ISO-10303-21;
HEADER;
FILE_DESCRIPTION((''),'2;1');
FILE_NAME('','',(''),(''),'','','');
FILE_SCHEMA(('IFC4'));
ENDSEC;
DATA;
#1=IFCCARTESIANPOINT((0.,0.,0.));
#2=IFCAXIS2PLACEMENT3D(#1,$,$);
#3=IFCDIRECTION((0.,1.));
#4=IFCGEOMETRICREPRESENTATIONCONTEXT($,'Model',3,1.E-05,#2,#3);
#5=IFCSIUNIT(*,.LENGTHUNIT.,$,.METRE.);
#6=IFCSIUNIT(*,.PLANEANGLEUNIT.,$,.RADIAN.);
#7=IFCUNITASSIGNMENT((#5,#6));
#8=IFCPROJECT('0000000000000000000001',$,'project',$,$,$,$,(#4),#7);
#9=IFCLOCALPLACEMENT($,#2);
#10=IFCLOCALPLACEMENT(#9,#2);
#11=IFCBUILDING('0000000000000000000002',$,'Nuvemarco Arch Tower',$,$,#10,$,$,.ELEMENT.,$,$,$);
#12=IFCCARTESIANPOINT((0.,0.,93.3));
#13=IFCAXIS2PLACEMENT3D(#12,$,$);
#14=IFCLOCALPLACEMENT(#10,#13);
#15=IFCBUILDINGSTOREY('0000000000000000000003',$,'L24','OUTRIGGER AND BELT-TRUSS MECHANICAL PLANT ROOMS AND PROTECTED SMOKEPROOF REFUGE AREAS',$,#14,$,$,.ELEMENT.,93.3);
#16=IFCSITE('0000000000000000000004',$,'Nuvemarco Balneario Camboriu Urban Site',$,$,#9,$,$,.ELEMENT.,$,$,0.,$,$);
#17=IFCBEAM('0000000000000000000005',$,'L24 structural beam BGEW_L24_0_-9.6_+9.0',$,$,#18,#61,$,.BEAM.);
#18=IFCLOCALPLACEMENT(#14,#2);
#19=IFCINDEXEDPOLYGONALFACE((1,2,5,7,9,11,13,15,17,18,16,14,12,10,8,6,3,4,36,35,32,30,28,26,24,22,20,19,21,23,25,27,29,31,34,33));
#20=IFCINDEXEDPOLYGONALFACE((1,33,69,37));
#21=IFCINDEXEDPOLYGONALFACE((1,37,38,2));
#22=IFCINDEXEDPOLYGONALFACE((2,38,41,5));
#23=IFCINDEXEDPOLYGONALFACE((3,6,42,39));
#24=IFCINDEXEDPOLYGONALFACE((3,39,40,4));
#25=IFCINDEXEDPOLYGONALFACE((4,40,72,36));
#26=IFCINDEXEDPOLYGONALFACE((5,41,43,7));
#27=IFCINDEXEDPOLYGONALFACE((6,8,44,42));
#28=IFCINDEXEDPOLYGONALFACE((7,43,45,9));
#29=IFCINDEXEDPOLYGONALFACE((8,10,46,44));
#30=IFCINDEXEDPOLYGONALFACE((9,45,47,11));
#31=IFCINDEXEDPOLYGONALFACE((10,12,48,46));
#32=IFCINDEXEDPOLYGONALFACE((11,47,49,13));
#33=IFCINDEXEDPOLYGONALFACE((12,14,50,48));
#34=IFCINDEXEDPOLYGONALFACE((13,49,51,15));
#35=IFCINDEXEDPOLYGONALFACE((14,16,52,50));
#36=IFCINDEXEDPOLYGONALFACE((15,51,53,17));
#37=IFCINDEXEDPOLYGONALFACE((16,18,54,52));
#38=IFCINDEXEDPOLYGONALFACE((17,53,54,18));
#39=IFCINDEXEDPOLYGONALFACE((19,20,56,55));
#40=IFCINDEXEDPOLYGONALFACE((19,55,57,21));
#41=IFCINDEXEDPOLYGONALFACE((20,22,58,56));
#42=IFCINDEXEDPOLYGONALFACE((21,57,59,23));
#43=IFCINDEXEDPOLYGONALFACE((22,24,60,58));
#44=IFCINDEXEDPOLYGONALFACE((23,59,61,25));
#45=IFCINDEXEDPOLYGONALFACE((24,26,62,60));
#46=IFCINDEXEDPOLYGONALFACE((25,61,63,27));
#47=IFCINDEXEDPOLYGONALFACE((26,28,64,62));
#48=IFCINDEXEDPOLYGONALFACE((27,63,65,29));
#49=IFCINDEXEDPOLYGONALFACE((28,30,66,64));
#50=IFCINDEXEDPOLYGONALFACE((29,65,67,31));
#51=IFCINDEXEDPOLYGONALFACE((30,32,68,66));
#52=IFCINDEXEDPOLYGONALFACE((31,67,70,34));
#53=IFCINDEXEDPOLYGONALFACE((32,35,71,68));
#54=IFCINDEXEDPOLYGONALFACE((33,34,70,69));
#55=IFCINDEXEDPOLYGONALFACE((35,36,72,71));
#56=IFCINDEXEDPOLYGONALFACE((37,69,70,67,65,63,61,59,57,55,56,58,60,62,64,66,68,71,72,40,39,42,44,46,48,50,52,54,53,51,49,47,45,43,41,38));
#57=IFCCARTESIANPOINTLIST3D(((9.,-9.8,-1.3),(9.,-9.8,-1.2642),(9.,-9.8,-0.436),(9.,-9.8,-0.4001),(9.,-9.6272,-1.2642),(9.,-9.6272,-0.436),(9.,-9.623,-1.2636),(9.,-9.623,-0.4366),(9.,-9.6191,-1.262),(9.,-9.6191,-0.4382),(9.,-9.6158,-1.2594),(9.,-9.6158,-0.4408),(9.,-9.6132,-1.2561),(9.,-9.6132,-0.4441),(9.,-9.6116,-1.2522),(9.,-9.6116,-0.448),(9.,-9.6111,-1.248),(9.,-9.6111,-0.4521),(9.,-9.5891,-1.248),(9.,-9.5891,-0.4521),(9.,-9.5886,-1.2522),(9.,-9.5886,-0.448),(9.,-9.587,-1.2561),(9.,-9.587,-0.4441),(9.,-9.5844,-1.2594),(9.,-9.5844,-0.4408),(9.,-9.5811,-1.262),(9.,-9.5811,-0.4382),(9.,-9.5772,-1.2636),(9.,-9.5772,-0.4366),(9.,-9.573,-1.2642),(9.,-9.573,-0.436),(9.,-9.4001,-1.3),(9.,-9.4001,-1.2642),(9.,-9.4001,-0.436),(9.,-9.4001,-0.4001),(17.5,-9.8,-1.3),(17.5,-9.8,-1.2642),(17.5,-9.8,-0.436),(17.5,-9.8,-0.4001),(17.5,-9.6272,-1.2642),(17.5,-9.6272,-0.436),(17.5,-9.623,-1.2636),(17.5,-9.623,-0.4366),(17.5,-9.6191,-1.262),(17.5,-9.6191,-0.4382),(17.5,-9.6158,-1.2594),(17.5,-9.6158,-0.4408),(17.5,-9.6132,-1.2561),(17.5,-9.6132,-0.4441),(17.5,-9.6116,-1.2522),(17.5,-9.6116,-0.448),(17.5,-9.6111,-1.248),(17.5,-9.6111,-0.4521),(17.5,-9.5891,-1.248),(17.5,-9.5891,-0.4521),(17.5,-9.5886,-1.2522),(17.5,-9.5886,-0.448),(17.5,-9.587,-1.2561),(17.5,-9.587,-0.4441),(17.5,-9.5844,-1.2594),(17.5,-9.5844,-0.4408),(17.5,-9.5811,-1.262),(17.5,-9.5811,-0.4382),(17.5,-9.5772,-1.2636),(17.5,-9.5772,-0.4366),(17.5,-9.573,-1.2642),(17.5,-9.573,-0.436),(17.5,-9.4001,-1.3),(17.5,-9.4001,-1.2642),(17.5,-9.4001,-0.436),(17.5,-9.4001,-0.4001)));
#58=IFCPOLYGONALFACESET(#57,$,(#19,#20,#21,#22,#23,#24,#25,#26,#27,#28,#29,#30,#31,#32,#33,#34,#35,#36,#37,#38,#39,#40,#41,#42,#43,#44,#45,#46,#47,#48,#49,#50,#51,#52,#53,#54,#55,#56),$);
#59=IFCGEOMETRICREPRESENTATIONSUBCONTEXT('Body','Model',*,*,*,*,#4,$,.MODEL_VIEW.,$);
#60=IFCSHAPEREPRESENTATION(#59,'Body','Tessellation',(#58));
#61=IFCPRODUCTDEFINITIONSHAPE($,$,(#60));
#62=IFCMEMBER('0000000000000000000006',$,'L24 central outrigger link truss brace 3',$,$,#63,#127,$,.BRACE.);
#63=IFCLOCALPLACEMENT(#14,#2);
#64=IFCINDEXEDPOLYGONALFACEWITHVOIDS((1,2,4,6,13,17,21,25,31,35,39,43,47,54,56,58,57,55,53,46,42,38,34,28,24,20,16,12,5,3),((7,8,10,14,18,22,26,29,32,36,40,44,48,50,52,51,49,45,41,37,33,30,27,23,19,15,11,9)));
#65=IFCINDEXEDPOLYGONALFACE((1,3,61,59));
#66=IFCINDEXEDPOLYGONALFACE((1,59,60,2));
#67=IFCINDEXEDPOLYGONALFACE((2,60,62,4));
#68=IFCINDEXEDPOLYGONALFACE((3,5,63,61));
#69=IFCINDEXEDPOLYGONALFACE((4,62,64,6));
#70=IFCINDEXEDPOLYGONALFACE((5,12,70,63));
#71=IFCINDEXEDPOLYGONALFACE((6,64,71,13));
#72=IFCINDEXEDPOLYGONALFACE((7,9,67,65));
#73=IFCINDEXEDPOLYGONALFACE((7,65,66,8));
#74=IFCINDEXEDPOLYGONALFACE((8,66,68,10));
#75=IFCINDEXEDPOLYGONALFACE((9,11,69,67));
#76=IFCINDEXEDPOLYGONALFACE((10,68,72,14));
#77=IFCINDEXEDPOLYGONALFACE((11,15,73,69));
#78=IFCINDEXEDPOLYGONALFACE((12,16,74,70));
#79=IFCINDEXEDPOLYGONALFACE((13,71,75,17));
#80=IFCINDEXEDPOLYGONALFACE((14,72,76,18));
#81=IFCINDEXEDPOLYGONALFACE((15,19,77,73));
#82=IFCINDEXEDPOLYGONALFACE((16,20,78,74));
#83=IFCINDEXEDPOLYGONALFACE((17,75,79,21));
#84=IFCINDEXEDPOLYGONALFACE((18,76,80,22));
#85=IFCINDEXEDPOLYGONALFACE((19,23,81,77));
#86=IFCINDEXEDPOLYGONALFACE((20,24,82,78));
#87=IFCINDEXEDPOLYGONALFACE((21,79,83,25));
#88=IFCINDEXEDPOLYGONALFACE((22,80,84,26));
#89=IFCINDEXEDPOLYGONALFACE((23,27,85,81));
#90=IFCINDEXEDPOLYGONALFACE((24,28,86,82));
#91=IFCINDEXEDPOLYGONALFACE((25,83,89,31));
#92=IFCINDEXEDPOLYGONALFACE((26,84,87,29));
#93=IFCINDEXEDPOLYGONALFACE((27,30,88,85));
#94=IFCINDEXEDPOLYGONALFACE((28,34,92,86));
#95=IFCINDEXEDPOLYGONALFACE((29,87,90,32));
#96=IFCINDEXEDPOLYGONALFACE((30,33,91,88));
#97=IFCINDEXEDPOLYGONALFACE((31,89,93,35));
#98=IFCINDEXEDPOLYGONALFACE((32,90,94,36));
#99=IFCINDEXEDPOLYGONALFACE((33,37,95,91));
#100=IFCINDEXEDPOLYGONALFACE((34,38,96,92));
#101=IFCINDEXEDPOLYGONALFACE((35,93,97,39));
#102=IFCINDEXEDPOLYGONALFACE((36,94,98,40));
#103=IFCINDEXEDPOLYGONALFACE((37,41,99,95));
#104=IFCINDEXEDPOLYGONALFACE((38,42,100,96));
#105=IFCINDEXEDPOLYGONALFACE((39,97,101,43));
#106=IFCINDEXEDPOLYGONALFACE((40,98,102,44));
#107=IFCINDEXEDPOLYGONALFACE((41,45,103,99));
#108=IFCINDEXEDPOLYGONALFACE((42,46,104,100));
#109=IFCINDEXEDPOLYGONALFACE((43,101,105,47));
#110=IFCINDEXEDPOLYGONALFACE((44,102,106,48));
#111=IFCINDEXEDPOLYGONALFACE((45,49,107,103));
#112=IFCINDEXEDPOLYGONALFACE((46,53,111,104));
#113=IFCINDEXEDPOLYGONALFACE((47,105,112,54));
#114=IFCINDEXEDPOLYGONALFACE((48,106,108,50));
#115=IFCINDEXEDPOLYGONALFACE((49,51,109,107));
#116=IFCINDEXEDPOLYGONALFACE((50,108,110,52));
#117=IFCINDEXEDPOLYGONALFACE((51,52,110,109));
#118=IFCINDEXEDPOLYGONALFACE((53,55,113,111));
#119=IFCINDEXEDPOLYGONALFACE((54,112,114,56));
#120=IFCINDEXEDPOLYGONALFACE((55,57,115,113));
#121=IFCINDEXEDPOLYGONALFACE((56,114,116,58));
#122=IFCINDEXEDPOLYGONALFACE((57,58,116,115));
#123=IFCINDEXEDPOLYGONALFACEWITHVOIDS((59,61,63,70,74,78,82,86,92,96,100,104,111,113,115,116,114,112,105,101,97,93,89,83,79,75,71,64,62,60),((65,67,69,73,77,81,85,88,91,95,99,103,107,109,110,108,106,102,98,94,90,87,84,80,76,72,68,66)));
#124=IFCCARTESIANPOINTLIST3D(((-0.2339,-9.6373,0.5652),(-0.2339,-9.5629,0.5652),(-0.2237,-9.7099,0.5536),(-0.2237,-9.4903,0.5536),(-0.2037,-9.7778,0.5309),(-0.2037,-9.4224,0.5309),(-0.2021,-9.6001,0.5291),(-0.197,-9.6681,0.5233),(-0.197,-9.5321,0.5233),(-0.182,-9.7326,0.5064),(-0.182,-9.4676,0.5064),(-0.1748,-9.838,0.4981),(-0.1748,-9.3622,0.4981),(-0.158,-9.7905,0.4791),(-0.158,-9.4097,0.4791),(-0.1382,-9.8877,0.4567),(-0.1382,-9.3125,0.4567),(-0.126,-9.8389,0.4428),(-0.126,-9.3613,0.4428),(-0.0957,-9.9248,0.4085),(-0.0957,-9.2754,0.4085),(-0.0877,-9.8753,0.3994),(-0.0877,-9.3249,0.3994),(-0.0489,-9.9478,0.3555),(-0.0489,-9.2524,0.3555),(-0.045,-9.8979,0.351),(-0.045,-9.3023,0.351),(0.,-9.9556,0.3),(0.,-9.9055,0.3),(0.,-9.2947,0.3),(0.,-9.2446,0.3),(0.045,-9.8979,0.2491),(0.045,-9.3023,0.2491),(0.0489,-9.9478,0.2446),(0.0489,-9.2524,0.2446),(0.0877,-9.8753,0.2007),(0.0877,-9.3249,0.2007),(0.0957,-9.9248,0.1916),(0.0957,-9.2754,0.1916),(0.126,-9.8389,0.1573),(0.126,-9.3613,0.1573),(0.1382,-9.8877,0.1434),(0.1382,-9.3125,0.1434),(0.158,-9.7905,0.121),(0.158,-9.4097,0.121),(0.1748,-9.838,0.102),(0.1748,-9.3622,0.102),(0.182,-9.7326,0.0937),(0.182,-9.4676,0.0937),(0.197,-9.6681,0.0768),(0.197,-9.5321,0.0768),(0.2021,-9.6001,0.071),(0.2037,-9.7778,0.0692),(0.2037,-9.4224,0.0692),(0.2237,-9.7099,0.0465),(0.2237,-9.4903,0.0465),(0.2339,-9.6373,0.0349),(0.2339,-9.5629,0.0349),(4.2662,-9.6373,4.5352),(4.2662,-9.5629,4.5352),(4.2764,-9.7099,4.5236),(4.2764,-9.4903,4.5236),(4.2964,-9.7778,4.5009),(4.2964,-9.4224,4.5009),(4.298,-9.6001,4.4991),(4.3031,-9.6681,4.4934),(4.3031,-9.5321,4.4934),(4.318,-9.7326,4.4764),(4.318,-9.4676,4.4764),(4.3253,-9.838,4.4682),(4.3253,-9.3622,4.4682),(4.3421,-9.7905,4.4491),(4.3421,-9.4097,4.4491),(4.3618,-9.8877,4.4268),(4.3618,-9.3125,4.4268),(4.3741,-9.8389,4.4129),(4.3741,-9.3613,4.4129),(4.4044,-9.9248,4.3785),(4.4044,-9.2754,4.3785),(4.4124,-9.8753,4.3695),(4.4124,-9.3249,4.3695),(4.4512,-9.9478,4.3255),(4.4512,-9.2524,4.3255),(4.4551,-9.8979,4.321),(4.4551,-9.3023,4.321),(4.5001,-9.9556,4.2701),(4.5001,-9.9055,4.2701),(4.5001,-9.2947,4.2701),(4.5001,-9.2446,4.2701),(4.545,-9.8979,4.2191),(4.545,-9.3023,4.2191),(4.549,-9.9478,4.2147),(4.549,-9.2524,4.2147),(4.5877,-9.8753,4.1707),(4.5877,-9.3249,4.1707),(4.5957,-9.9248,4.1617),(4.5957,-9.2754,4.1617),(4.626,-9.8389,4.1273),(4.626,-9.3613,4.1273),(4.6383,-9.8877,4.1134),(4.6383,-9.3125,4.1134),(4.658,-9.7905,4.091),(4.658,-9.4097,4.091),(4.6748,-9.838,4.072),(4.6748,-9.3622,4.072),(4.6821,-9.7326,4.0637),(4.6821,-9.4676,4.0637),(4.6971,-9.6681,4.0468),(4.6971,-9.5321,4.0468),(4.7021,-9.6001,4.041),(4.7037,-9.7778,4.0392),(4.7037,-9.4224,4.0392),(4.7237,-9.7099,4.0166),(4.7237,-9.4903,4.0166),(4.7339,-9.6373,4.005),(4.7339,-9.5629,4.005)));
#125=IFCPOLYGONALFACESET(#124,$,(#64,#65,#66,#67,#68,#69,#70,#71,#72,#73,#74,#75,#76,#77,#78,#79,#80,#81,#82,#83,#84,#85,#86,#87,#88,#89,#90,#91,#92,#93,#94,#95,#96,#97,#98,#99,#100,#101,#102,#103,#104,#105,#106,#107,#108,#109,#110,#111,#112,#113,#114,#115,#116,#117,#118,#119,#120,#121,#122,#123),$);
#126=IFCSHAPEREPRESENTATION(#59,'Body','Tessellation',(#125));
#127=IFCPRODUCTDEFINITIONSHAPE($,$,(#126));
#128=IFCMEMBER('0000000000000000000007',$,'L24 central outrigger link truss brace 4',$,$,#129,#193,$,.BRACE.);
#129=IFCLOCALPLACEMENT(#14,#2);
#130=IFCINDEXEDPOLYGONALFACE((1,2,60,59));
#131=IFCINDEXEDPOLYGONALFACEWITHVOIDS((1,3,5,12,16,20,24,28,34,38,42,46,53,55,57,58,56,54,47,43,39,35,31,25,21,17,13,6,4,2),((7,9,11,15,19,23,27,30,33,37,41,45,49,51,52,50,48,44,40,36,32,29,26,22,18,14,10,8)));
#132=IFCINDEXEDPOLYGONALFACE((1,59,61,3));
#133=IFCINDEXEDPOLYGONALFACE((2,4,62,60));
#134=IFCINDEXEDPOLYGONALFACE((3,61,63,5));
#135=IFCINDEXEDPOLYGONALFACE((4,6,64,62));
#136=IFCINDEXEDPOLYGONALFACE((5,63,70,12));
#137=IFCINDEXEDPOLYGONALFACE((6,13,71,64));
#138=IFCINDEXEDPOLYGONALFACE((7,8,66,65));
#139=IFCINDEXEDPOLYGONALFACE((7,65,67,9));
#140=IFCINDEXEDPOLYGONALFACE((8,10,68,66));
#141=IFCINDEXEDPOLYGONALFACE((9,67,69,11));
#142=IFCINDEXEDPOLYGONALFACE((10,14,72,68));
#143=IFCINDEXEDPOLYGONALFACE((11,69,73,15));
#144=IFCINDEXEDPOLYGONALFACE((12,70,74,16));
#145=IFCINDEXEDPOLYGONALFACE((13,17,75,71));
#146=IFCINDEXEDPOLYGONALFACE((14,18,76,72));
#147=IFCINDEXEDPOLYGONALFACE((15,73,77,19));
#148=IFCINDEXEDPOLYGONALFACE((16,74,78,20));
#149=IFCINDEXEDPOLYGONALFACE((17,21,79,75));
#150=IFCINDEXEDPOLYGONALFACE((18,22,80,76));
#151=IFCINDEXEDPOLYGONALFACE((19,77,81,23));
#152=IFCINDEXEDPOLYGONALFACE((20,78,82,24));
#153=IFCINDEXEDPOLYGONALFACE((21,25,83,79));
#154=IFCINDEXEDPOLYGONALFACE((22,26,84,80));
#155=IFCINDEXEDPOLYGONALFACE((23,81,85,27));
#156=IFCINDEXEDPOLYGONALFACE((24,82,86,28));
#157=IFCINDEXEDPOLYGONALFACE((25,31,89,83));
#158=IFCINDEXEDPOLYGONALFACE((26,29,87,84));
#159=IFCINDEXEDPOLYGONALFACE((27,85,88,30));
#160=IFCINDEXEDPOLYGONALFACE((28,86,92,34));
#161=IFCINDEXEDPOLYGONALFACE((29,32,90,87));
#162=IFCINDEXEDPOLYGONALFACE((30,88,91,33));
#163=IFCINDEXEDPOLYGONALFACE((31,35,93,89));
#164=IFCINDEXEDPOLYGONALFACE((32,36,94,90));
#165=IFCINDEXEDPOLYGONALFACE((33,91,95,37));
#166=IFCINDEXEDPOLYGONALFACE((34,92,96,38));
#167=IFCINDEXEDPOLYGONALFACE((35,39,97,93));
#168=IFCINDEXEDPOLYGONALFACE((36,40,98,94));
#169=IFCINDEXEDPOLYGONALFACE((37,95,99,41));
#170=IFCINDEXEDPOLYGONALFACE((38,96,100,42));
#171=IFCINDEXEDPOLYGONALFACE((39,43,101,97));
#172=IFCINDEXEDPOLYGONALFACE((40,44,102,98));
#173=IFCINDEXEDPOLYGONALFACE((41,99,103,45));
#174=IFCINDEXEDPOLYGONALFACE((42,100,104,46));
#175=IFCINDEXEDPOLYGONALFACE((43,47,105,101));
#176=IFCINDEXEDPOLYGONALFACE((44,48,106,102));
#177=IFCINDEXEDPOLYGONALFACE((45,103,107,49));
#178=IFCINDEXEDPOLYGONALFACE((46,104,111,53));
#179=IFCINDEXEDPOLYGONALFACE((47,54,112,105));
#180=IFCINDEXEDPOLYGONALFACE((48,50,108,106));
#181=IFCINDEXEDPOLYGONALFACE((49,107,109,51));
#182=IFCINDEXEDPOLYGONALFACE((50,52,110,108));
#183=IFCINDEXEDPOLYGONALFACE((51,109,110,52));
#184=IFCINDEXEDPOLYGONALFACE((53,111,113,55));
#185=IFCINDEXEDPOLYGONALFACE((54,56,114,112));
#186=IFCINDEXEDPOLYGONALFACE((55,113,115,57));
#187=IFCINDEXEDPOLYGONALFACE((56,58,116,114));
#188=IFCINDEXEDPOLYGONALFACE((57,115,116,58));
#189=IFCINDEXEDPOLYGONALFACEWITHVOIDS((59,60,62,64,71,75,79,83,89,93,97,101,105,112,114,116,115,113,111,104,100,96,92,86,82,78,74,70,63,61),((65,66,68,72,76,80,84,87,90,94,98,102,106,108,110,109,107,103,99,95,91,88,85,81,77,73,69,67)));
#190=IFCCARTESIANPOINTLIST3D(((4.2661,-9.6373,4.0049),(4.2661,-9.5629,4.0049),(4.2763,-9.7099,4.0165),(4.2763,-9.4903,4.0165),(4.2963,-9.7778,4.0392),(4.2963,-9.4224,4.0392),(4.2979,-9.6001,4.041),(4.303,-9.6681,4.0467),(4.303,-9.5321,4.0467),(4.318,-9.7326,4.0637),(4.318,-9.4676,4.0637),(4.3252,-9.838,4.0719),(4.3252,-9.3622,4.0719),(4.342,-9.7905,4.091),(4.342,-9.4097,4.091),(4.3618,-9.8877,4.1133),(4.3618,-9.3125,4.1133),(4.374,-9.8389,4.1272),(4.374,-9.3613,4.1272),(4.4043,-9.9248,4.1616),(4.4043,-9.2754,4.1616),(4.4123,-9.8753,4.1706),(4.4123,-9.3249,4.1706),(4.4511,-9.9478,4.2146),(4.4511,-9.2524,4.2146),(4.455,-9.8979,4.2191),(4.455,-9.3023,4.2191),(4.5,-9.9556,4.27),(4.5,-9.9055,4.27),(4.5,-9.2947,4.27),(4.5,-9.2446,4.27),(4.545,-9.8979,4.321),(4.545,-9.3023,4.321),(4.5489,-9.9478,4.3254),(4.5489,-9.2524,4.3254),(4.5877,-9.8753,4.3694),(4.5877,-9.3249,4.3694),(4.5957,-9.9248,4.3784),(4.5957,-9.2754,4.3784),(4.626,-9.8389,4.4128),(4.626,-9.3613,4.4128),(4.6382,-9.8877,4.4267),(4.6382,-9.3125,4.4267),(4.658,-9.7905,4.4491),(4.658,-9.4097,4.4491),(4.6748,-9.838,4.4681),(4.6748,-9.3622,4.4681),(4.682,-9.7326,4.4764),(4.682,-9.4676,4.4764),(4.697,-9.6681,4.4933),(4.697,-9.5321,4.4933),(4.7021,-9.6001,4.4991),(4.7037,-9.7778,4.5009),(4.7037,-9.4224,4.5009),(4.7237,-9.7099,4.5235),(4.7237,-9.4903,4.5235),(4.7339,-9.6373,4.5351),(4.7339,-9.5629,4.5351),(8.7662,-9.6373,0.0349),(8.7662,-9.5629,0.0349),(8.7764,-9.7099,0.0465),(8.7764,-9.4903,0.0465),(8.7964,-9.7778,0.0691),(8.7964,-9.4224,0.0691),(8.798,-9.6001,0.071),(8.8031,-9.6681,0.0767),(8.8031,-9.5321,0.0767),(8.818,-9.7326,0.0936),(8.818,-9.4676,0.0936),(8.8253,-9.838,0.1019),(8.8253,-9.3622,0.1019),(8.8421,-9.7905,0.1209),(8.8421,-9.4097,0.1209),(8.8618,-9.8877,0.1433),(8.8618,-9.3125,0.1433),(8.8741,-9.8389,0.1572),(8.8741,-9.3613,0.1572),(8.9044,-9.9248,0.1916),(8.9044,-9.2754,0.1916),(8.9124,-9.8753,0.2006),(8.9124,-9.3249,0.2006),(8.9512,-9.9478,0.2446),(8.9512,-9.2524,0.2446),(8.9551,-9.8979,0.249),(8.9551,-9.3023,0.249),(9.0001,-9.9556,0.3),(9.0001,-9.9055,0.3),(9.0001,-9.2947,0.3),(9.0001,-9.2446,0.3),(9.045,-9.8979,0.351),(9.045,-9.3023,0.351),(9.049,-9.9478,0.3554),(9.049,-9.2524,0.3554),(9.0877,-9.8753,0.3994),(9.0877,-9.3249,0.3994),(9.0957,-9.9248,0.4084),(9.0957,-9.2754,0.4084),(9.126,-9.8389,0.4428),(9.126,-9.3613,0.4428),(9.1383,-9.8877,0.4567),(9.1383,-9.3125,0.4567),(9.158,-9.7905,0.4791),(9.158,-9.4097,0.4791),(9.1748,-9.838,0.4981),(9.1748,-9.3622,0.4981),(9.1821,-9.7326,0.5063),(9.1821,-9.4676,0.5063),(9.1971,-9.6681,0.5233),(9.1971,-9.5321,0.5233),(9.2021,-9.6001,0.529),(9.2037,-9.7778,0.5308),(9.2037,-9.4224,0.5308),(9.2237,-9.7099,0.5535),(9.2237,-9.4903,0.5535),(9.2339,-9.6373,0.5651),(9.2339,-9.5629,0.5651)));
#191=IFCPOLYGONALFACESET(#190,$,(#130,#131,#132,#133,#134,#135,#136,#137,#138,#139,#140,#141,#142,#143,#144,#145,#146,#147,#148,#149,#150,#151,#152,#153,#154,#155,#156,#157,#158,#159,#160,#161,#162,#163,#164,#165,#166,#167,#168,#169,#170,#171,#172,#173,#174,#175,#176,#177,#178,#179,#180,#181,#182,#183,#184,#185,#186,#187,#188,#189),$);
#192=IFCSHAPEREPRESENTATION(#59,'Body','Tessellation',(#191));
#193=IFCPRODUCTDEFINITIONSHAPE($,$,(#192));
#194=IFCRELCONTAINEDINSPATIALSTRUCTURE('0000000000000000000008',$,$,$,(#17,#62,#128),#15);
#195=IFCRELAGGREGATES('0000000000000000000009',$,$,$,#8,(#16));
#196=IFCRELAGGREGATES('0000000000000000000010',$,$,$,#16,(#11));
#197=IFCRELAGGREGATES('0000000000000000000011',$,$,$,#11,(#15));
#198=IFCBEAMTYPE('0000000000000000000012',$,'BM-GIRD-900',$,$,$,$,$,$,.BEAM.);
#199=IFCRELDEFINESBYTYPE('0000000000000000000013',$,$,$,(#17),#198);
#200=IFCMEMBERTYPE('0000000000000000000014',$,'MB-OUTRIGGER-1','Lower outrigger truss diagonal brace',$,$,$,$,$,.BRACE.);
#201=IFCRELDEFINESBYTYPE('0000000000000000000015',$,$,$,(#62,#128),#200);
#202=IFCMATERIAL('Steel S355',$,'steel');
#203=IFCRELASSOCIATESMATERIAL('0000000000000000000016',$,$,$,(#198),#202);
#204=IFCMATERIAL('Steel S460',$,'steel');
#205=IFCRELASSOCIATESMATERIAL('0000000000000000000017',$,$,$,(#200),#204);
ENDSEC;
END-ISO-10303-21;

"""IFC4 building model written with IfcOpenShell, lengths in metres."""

from ifc_helpers import new_model, si_unit, direction, frame, origin, origin_2d, place, context, subcontext, project, spatial, hollow_circle, i_section, extrude, material, material_profile, profile_set, type_object, element, save


model = new_model("IFC4")

# Units and contexts
model_context = context("Model", 3, precision=1e-05, world=origin(), true_north=direction((0.0, 1.0)))
body_context = subcontext(model_context, "Body", "Model", "MODEL_VIEW")
ifc_project = project(units=[si_unit("LENGTHUNIT", "METRE"), si_unit("PLANEANGLEUNIT", "RADIAN")], contexts=[model_context])

# Site, building, storey
site_placement = place(None, origin())
site = spatial("IfcSite", under=ifc_project, at=site_placement, Name="Nuvemarco Balneario Camboriu Urban Site", CompositionType="ELEMENT", RefElevation=0.0)
building_placement = place(site_placement, origin())
building = spatial("IfcBuilding", under=site, at=building_placement, Name="Nuvemarco Arch Tower", CompositionType="ELEMENT")
storey_placement = place(building_placement, frame((0.0, 0.0, 93.3)))
storey = spatial("IfcBuildingStorey", under=building, at=storey_placement, Name="L24", Description="OUTRIGGER AND BELT-TRUSS MECHANICAL PLANT ROOMS AND PROTECTED SMOKEPROOF REFUGE AREAS", CompositionType="ELEMENT", Elevation=93.3)

# Beam
ifc_material_1 = material(Name="Steel S355", Category="steel")
ifc_material_profile_1 = material_profile(ifc_material_1, i_section(OverallWidth=0.3999, OverallDepth=0.8999, WebThickness=0.022, FlangeThickness=0.0359, FilletRadius=0.0161, at=origin_2d()), Name="PG900x400")
ifc_profile_set_1 = profile_set([ifc_material_profile_1], Name="Steel S355")
beam_type_1 = type_object("IfcBeamType", Name="BM-GIRD-900", PredefinedType="BEAM", material=ifc_profile_set_1)
beam_1_placement = place(storey_placement, frame((9.0, -9.6001, -0.8501), z_axis=(1.0, 0.0, 0.0), x_axis=(0.0, 1.0, 0.0)))
element("IfcBeam", 1, at=beam_1_placement, inside=storey, type_object=beam_type_1, Name="L24 structural beam BGEW_L24_0_-9.6_+9.0", PredefinedType="BEAM", context=body_context, shape_type="SweptSolid", body=[
    extrude(i_section(OverallWidth=0.3999, OverallDepth=0.8999, WebThickness=0.022, FlangeThickness=0.0359, FilletRadius=0.0161, at=origin_2d()), origin(), (0.0, 0.0, 1.0), 8.5),
])

# Members
ifc_material_2 = material(Name="Steel S460", Category="steel")
ifc_material_profile_2 = material_profile(ifc_material_2, hollow_circle(Radius=0.3555, WallThickness=0.05, at=origin_2d()), Name="CHS711x50")
ifc_profile_set_2 = profile_set([ifc_material_profile_2], Name="Steel S460")
member_type = type_object("IfcMemberType", Name="MB-OUTRIGGER-1", Description="Lower outrigger truss diagonal brace", PredefinedType="BRACE", material=ifc_profile_set_2)
for number, where, z_axis, x_axis, name in (
    (2, (0.0, -9.6001, 0.3), (0.749889, 0.0, 0.661564), (0.0, 1.0, 0.0), "L24 central outrigger link truss brace 3"),
    (3, (4.5, -9.6001, 4.27), (0.749889, 0.0, -0.661564), (0.0, 1.0, 0.0), "L24 central outrigger link truss brace 4"),
):
    element("IfcMember", number, at=place(storey_placement, frame(where, z_axis=z_axis, x_axis=x_axis)), inside=storey, type_object=member_type, Name=name, PredefinedType="BRACE", context=body_context, shape_type="SweptSolid", body=[
        extrude(hollow_circle(Radius=0.3555, WallThickness=0.05, at=origin_2d()), origin(), (0.0, 0.0, 1.0), 6.001),
    ])

save(model, "model.ifc")
